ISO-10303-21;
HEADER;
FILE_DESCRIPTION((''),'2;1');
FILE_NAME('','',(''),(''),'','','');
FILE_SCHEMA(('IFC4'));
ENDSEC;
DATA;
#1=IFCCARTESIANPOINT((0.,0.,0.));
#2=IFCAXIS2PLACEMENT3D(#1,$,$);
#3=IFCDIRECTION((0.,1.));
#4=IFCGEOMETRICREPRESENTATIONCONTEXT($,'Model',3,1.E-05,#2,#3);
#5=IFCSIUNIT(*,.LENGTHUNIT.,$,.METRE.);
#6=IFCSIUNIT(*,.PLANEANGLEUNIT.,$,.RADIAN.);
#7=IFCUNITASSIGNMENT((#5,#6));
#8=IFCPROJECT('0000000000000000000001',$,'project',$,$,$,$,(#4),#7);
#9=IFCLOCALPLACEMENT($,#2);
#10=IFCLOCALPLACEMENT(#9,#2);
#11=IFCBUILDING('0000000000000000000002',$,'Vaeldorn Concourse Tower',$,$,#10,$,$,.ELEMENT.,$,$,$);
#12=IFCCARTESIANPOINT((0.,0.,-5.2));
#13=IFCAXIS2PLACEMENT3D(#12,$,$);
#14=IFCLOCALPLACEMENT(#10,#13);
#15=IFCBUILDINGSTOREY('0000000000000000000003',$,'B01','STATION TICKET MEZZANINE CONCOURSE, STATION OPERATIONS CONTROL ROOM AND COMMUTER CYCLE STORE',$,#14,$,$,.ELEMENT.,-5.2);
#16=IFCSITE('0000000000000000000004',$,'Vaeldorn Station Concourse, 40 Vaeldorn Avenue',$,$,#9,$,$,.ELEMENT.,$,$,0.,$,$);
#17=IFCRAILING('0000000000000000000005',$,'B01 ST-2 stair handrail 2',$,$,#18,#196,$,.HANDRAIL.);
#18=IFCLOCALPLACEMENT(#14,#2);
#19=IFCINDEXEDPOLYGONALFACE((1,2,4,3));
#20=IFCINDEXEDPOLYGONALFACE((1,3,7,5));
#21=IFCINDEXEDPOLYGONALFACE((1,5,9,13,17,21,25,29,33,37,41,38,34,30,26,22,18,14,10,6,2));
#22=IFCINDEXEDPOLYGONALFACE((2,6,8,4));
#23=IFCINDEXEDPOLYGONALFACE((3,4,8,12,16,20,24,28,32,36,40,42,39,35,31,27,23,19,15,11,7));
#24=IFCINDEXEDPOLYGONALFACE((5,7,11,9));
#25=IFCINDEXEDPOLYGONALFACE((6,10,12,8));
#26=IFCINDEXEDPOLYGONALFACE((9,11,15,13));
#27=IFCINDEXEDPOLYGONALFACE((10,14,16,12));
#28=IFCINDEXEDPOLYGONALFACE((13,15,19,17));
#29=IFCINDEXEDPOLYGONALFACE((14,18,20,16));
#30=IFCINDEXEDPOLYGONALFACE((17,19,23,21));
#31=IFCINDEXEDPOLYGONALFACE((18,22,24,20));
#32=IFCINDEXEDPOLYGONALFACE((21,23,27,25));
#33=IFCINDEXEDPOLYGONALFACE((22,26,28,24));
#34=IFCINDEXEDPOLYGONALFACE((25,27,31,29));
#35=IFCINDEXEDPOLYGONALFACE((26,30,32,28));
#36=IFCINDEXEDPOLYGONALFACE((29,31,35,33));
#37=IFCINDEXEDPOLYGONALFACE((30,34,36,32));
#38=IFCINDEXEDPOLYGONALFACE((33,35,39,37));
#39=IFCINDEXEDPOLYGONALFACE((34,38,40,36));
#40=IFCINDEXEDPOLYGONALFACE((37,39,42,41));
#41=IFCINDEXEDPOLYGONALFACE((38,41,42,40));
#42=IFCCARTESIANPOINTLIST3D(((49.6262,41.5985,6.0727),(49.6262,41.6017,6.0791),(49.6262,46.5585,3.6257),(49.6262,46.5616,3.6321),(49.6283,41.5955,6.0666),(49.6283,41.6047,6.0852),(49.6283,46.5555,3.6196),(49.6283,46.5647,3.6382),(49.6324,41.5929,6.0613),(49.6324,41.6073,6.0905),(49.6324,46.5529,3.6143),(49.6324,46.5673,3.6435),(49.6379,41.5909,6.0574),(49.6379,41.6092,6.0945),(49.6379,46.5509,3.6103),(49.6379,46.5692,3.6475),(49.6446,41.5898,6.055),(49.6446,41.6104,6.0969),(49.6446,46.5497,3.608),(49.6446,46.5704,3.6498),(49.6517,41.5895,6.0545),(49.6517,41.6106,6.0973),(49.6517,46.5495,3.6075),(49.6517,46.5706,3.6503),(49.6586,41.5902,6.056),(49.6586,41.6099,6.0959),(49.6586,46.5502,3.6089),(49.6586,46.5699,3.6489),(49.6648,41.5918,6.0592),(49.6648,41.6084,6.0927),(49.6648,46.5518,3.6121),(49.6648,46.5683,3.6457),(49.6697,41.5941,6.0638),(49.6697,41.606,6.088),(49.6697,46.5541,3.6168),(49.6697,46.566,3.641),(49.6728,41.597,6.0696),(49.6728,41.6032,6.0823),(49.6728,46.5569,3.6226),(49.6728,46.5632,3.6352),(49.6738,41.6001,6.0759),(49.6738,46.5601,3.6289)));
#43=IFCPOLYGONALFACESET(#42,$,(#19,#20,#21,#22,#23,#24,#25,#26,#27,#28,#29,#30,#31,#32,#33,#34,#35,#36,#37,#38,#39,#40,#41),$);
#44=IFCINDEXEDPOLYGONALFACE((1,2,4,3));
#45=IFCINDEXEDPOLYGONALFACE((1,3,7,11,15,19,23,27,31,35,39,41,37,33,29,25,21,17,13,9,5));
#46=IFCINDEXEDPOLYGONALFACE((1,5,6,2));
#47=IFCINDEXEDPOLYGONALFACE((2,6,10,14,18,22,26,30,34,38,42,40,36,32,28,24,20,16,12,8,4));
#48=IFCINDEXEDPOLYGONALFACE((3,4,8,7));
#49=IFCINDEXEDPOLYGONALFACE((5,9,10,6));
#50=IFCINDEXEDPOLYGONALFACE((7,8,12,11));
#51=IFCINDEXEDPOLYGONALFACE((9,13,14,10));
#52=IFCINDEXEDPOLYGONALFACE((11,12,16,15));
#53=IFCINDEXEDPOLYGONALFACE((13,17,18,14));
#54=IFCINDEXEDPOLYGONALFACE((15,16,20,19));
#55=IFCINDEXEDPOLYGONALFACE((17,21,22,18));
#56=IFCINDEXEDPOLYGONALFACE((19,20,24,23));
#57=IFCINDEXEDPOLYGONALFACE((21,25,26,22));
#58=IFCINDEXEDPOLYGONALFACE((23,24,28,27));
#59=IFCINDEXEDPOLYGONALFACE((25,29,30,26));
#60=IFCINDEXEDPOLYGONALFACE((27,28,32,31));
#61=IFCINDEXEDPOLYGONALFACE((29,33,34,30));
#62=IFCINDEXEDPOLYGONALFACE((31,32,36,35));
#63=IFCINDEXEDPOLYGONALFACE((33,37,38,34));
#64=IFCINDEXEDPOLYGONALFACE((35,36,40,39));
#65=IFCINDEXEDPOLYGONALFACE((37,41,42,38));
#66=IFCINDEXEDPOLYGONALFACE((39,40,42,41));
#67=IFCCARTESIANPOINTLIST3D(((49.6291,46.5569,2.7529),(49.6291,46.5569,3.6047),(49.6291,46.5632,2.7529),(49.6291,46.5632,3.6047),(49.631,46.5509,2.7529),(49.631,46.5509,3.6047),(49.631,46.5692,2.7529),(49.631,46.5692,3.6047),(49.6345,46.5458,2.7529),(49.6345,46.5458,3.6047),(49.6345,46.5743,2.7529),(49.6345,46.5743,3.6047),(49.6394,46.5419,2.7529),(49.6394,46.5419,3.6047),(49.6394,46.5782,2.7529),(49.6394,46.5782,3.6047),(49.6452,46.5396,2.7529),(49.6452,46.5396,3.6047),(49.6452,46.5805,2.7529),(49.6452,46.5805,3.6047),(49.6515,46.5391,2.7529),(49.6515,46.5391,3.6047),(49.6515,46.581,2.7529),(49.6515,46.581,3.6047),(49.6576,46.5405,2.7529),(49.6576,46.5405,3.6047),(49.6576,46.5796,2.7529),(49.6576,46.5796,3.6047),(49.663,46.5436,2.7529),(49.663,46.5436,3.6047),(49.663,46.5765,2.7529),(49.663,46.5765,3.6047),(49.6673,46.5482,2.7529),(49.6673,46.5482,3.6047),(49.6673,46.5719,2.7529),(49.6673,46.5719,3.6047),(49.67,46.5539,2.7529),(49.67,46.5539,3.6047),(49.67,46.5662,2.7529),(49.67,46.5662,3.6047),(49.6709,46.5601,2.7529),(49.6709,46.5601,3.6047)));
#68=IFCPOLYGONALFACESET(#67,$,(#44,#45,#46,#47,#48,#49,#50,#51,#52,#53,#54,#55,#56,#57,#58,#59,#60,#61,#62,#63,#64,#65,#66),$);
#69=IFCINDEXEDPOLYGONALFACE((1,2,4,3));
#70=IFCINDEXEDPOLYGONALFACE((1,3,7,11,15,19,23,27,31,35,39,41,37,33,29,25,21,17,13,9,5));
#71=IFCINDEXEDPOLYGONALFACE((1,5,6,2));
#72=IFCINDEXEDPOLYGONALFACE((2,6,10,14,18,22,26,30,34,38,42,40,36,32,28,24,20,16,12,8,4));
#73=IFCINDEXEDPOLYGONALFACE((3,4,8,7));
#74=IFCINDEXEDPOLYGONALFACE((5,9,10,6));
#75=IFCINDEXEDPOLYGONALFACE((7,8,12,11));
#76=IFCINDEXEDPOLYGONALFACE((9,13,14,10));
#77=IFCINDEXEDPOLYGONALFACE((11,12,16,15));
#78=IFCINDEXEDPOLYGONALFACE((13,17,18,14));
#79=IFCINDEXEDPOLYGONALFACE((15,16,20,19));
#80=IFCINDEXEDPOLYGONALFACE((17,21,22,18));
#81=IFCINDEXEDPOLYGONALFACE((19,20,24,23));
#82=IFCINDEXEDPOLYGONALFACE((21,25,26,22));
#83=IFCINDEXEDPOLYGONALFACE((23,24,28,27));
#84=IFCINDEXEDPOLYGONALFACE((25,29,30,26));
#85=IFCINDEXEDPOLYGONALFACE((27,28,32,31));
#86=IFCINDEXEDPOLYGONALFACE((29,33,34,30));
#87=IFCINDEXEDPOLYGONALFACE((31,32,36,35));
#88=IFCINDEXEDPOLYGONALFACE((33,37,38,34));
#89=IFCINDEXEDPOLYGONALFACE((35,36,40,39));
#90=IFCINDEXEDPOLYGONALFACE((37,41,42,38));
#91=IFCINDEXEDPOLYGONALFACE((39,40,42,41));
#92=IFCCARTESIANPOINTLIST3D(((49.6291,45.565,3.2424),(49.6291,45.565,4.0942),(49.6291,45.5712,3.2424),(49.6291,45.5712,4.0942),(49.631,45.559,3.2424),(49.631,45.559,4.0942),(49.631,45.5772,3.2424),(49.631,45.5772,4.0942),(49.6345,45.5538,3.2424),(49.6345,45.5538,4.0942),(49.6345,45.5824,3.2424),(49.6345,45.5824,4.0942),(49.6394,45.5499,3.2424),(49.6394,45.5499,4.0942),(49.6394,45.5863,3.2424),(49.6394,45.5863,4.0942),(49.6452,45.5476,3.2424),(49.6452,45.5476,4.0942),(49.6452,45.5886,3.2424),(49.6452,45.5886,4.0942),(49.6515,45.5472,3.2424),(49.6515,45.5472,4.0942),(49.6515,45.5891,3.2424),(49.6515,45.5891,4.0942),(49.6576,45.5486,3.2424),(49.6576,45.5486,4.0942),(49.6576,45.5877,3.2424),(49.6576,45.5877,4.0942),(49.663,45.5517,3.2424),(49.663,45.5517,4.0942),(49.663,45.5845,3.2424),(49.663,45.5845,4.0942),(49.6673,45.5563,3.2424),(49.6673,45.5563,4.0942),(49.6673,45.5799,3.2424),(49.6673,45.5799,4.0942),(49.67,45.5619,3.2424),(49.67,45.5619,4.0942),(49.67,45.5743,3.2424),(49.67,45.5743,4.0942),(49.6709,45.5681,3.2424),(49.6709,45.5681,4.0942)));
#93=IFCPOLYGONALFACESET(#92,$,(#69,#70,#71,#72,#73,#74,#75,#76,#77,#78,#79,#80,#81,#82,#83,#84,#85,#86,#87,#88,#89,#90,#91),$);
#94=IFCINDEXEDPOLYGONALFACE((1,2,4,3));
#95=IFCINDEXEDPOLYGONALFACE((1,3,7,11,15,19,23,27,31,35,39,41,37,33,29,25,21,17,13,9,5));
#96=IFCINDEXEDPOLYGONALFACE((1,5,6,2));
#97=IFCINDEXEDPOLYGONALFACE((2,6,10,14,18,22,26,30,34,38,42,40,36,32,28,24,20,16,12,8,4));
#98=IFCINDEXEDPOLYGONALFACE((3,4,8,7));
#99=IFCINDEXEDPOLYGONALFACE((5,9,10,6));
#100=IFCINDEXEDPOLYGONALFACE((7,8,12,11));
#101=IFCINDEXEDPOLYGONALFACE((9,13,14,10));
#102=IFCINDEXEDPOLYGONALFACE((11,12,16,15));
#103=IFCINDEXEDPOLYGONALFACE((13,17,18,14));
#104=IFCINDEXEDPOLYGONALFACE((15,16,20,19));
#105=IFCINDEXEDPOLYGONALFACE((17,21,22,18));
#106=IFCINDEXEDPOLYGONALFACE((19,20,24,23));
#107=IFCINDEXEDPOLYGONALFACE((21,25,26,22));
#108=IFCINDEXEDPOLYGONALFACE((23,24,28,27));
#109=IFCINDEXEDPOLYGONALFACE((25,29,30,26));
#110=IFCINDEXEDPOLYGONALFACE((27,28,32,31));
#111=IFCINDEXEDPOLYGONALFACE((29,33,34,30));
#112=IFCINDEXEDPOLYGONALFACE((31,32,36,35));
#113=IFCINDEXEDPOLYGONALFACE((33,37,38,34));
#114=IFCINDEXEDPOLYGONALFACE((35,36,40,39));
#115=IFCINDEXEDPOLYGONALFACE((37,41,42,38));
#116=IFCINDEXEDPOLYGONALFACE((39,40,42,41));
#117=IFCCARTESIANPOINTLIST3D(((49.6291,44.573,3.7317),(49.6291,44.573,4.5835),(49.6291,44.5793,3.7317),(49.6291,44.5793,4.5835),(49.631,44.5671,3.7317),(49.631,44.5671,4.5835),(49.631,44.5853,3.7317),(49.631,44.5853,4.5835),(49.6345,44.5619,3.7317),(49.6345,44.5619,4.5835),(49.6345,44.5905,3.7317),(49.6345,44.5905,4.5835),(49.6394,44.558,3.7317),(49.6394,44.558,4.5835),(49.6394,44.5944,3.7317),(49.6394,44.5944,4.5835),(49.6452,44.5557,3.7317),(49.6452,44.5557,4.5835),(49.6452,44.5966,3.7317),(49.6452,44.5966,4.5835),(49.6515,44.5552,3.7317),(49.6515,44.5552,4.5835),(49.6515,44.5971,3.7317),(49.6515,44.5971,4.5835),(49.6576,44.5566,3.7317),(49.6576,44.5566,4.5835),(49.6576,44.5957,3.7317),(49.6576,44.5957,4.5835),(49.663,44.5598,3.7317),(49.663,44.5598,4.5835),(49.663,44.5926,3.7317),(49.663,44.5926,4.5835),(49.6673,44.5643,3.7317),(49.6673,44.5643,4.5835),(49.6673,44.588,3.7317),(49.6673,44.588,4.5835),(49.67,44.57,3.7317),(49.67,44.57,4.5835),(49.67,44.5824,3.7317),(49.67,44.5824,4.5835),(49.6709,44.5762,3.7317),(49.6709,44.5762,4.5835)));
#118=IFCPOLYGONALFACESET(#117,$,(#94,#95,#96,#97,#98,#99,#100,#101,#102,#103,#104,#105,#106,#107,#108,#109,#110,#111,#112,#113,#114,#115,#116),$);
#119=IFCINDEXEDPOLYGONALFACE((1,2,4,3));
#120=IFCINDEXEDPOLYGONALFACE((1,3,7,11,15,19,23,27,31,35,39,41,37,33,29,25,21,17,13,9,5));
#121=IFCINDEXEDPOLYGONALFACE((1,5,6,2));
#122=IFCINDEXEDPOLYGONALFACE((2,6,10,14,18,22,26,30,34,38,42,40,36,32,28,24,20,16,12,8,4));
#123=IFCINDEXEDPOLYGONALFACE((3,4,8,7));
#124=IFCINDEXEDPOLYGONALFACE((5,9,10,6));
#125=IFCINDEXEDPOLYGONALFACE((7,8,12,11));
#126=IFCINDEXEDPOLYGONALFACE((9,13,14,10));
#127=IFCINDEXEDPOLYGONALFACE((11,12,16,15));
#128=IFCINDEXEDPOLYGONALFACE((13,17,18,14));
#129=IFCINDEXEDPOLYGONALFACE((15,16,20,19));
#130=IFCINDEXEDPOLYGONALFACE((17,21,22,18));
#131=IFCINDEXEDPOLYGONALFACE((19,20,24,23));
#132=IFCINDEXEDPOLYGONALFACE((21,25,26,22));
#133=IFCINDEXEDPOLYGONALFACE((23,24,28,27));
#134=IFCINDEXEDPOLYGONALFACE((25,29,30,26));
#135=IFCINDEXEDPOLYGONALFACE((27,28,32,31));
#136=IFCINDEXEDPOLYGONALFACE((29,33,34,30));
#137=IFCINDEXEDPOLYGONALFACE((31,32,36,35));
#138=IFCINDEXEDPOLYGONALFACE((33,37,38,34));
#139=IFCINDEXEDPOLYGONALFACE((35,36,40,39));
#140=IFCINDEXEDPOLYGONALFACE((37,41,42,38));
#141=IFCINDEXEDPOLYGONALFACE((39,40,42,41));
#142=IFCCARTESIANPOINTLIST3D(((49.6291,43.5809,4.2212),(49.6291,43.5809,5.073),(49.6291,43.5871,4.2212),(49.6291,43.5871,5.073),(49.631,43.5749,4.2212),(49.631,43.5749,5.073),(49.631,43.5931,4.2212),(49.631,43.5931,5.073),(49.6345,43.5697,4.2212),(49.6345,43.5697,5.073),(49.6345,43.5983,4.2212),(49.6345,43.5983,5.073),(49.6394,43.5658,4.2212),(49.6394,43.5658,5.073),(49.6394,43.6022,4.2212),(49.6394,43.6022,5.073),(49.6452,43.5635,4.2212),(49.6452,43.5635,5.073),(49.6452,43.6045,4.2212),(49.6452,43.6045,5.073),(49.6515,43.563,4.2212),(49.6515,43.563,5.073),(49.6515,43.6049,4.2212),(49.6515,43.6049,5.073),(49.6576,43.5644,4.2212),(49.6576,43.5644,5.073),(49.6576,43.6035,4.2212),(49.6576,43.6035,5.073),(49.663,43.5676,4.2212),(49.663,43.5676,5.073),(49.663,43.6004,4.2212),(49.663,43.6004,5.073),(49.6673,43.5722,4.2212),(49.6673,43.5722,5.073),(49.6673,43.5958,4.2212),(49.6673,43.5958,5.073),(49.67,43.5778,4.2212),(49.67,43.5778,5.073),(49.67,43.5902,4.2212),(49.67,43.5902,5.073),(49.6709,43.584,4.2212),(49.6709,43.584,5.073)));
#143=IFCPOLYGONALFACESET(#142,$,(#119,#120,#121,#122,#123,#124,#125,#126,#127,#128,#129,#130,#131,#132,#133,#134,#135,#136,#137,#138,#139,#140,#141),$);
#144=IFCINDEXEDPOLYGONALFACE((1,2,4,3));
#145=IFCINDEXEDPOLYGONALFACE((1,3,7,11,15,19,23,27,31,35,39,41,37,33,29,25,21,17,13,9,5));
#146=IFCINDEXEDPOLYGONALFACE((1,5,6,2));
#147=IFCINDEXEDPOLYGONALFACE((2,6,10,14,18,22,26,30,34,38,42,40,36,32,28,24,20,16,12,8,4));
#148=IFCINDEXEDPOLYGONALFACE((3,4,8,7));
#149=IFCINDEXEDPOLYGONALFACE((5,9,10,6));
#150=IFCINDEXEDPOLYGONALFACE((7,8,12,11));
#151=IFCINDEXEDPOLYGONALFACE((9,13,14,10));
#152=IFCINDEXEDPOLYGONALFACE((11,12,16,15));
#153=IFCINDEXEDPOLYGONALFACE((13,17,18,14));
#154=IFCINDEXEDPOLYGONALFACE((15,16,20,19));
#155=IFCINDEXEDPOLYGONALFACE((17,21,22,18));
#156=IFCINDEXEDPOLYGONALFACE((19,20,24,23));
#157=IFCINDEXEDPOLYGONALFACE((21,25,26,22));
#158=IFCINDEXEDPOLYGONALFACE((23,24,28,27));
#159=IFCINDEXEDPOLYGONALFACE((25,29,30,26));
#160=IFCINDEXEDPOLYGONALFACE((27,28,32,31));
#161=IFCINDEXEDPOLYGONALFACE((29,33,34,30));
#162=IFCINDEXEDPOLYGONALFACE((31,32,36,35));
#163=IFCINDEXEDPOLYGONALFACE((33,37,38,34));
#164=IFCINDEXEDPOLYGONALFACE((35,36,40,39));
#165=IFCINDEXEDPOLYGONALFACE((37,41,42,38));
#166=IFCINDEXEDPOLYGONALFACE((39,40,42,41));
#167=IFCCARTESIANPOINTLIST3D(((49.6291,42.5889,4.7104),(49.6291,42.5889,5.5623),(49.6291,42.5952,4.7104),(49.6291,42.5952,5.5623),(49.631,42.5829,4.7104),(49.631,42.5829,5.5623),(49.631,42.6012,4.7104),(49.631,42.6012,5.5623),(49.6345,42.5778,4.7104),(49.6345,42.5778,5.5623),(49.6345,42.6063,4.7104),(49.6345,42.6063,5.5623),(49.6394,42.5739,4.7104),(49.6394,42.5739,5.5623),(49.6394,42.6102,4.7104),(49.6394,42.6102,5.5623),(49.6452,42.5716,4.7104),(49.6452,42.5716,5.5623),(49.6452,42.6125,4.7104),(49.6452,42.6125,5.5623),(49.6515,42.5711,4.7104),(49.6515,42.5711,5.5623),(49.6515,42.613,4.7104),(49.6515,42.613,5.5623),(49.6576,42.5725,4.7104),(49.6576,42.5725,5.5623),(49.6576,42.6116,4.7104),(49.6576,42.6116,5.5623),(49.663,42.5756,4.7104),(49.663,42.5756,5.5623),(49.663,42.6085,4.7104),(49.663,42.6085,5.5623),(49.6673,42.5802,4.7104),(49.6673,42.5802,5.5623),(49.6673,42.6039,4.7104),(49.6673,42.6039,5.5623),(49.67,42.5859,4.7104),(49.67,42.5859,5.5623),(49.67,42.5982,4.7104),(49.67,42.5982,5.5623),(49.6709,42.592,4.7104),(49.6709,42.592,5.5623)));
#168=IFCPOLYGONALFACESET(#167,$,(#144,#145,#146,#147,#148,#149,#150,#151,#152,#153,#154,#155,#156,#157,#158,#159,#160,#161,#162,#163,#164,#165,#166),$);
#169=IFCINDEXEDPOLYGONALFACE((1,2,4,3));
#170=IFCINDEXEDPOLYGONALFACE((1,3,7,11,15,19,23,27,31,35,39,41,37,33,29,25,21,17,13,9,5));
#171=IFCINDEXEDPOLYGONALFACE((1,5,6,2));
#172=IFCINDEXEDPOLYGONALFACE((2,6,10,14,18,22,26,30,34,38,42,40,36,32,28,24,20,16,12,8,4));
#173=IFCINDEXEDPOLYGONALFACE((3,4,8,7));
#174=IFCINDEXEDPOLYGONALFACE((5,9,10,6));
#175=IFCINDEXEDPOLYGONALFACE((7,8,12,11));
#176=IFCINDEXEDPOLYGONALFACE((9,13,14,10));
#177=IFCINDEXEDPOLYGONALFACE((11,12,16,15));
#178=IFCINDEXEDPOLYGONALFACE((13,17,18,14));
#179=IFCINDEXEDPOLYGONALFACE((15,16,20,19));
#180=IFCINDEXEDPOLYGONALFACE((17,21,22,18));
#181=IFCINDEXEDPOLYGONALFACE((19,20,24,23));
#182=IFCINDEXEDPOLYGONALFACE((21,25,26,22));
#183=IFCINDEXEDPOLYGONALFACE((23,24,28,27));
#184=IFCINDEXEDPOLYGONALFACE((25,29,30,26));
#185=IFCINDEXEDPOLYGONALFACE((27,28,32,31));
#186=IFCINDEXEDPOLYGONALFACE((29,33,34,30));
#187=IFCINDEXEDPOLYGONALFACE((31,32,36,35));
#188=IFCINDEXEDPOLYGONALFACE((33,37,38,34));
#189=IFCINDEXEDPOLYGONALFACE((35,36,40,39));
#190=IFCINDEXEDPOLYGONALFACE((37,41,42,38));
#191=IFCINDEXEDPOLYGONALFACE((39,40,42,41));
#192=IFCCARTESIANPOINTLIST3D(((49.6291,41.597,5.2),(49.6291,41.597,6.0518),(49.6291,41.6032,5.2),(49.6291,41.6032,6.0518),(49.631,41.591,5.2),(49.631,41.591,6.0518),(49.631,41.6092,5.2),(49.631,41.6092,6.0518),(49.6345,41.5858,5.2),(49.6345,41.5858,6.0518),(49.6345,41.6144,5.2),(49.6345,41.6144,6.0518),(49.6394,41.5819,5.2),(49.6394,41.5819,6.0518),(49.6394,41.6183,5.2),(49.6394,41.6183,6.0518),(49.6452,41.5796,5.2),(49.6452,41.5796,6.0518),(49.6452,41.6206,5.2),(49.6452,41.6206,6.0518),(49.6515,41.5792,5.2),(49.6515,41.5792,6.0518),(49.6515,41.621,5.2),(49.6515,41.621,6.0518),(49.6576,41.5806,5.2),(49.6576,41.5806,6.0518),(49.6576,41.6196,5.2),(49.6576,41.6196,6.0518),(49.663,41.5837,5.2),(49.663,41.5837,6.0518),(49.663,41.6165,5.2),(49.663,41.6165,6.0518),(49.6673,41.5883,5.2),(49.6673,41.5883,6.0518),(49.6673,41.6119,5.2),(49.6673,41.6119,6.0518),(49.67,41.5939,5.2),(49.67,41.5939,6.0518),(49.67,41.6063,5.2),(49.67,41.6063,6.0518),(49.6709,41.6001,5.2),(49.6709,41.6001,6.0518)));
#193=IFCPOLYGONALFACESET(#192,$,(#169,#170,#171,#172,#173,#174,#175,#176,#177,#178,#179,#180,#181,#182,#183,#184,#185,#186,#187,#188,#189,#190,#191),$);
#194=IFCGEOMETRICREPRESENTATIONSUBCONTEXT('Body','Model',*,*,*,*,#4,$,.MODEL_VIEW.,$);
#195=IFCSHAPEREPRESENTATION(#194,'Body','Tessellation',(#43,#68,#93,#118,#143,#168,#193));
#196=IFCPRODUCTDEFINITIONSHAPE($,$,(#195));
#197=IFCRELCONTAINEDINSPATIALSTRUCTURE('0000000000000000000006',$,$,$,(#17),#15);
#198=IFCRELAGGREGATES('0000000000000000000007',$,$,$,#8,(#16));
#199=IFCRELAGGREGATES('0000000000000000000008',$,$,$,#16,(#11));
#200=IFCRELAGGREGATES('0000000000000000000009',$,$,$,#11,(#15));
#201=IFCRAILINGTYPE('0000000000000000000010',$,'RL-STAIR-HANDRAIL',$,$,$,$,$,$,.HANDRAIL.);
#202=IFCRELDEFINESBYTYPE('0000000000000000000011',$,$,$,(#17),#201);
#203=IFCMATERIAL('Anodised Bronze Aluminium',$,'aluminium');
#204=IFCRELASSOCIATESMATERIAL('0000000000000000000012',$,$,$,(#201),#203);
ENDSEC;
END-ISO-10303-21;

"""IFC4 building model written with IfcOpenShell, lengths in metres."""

from ifc_helpers import new_model, si_unit, direction, frame, origin, origin_2d, place, context, subcontext, project, spatial, circle, extrude, material, type_object, element, save


model = new_model("IFC4")

# Units and contexts
model_context = context("Model", 3, precision=1e-05, world=origin(), true_north=direction((0.0, 1.0)))
body_context = subcontext(model_context, "Body", "Model", "MODEL_VIEW")
ifc_project = project(units=[si_unit("LENGTHUNIT", "METRE"), si_unit("PLANEANGLEUNIT", "RADIAN")], contexts=[model_context])

# Site, building, storey
site_placement = place(None, origin())
site = spatial("IfcSite", under=ifc_project, at=site_placement, Name="Vaeldorn Station Concourse, 40 Vaeldorn Avenue", CompositionType="ELEMENT", RefElevation=0.0)
building_placement = place(site_placement, origin())
building = spatial("IfcBuilding", under=site, at=building_placement, Name="Vaeldorn Concourse Tower", CompositionType="ELEMENT")
storey_placement = place(building_placement, frame((0.0, 0.0, -5.2)))
storey = spatial("IfcBuildingStorey", under=building, at=storey_placement, Name="B01", Description="STATION TICKET MEZZANINE CONCOURSE, STATION OPERATIONS CONTROL ROOM AND COMMUTER CYCLE STORE", CompositionType="ELEMENT", Elevation=-5.2)

# Shared definitions
ifc_material_1 = material(Name="Anodised Bronze Aluminium", Category="aluminium")

# Railing
railing_type_1 = type_object("IfcRailingType", Name="RL-STAIR-HANDRAIL", PredefinedType="HANDRAIL", material=ifc_material_1)
railing_1_placement = place(storey_placement, frame((49.6499, 46.5601, 2.7529)))
element("IfcRailing", 1, at=railing_1_placement, inside=storey, type_object=railing_type_1, Name="B01 ST-2 stair handrail 2", PredefinedType="HANDRAIL", context=body_context, shape_type="SweptSolid", body=[
    extrude(circle(Radius=0.0239, at=origin_2d()), frame((0.0, 0.0, 0.876), z_axis=(0.0, -0.896798, 0.44244), x_axis=(1.0, 0.0, 0.0)), (0.0, 0.0, 1.0), 5.5308),
    extrude(circle(Radius=0.021, at=origin_2d()), origin(), (0.0, 0.0, 1.0), 0.8518),
    extrude(circle(Radius=0.021, at=origin_2d()), frame((0.0, -0.9919, 0.4895)), (0.0, 0.0, 1.0), 0.8518),
    extrude(circle(Radius=0.021, at=origin_2d()), frame((0.0, -1.9839, 0.9788)), (0.0, 0.0, 1.0), 0.8518),
    extrude(circle(Radius=0.021, at=origin_2d()), frame((0.0, -2.9761, 1.4683)), (0.0, 0.0, 1.0), 0.8518),
    extrude(circle(Radius=0.021, at=origin_2d()), frame((0.0, -3.968, 1.9575)), (0.0, 0.0, 1.0), 0.8518),
    extrude(circle(Radius=0.021, at=origin_2d()), frame((0.0, -4.96, 2.447)), (0.0, 0.0, 1.0), 0.8518),
])

save(model, "model.ifc")
